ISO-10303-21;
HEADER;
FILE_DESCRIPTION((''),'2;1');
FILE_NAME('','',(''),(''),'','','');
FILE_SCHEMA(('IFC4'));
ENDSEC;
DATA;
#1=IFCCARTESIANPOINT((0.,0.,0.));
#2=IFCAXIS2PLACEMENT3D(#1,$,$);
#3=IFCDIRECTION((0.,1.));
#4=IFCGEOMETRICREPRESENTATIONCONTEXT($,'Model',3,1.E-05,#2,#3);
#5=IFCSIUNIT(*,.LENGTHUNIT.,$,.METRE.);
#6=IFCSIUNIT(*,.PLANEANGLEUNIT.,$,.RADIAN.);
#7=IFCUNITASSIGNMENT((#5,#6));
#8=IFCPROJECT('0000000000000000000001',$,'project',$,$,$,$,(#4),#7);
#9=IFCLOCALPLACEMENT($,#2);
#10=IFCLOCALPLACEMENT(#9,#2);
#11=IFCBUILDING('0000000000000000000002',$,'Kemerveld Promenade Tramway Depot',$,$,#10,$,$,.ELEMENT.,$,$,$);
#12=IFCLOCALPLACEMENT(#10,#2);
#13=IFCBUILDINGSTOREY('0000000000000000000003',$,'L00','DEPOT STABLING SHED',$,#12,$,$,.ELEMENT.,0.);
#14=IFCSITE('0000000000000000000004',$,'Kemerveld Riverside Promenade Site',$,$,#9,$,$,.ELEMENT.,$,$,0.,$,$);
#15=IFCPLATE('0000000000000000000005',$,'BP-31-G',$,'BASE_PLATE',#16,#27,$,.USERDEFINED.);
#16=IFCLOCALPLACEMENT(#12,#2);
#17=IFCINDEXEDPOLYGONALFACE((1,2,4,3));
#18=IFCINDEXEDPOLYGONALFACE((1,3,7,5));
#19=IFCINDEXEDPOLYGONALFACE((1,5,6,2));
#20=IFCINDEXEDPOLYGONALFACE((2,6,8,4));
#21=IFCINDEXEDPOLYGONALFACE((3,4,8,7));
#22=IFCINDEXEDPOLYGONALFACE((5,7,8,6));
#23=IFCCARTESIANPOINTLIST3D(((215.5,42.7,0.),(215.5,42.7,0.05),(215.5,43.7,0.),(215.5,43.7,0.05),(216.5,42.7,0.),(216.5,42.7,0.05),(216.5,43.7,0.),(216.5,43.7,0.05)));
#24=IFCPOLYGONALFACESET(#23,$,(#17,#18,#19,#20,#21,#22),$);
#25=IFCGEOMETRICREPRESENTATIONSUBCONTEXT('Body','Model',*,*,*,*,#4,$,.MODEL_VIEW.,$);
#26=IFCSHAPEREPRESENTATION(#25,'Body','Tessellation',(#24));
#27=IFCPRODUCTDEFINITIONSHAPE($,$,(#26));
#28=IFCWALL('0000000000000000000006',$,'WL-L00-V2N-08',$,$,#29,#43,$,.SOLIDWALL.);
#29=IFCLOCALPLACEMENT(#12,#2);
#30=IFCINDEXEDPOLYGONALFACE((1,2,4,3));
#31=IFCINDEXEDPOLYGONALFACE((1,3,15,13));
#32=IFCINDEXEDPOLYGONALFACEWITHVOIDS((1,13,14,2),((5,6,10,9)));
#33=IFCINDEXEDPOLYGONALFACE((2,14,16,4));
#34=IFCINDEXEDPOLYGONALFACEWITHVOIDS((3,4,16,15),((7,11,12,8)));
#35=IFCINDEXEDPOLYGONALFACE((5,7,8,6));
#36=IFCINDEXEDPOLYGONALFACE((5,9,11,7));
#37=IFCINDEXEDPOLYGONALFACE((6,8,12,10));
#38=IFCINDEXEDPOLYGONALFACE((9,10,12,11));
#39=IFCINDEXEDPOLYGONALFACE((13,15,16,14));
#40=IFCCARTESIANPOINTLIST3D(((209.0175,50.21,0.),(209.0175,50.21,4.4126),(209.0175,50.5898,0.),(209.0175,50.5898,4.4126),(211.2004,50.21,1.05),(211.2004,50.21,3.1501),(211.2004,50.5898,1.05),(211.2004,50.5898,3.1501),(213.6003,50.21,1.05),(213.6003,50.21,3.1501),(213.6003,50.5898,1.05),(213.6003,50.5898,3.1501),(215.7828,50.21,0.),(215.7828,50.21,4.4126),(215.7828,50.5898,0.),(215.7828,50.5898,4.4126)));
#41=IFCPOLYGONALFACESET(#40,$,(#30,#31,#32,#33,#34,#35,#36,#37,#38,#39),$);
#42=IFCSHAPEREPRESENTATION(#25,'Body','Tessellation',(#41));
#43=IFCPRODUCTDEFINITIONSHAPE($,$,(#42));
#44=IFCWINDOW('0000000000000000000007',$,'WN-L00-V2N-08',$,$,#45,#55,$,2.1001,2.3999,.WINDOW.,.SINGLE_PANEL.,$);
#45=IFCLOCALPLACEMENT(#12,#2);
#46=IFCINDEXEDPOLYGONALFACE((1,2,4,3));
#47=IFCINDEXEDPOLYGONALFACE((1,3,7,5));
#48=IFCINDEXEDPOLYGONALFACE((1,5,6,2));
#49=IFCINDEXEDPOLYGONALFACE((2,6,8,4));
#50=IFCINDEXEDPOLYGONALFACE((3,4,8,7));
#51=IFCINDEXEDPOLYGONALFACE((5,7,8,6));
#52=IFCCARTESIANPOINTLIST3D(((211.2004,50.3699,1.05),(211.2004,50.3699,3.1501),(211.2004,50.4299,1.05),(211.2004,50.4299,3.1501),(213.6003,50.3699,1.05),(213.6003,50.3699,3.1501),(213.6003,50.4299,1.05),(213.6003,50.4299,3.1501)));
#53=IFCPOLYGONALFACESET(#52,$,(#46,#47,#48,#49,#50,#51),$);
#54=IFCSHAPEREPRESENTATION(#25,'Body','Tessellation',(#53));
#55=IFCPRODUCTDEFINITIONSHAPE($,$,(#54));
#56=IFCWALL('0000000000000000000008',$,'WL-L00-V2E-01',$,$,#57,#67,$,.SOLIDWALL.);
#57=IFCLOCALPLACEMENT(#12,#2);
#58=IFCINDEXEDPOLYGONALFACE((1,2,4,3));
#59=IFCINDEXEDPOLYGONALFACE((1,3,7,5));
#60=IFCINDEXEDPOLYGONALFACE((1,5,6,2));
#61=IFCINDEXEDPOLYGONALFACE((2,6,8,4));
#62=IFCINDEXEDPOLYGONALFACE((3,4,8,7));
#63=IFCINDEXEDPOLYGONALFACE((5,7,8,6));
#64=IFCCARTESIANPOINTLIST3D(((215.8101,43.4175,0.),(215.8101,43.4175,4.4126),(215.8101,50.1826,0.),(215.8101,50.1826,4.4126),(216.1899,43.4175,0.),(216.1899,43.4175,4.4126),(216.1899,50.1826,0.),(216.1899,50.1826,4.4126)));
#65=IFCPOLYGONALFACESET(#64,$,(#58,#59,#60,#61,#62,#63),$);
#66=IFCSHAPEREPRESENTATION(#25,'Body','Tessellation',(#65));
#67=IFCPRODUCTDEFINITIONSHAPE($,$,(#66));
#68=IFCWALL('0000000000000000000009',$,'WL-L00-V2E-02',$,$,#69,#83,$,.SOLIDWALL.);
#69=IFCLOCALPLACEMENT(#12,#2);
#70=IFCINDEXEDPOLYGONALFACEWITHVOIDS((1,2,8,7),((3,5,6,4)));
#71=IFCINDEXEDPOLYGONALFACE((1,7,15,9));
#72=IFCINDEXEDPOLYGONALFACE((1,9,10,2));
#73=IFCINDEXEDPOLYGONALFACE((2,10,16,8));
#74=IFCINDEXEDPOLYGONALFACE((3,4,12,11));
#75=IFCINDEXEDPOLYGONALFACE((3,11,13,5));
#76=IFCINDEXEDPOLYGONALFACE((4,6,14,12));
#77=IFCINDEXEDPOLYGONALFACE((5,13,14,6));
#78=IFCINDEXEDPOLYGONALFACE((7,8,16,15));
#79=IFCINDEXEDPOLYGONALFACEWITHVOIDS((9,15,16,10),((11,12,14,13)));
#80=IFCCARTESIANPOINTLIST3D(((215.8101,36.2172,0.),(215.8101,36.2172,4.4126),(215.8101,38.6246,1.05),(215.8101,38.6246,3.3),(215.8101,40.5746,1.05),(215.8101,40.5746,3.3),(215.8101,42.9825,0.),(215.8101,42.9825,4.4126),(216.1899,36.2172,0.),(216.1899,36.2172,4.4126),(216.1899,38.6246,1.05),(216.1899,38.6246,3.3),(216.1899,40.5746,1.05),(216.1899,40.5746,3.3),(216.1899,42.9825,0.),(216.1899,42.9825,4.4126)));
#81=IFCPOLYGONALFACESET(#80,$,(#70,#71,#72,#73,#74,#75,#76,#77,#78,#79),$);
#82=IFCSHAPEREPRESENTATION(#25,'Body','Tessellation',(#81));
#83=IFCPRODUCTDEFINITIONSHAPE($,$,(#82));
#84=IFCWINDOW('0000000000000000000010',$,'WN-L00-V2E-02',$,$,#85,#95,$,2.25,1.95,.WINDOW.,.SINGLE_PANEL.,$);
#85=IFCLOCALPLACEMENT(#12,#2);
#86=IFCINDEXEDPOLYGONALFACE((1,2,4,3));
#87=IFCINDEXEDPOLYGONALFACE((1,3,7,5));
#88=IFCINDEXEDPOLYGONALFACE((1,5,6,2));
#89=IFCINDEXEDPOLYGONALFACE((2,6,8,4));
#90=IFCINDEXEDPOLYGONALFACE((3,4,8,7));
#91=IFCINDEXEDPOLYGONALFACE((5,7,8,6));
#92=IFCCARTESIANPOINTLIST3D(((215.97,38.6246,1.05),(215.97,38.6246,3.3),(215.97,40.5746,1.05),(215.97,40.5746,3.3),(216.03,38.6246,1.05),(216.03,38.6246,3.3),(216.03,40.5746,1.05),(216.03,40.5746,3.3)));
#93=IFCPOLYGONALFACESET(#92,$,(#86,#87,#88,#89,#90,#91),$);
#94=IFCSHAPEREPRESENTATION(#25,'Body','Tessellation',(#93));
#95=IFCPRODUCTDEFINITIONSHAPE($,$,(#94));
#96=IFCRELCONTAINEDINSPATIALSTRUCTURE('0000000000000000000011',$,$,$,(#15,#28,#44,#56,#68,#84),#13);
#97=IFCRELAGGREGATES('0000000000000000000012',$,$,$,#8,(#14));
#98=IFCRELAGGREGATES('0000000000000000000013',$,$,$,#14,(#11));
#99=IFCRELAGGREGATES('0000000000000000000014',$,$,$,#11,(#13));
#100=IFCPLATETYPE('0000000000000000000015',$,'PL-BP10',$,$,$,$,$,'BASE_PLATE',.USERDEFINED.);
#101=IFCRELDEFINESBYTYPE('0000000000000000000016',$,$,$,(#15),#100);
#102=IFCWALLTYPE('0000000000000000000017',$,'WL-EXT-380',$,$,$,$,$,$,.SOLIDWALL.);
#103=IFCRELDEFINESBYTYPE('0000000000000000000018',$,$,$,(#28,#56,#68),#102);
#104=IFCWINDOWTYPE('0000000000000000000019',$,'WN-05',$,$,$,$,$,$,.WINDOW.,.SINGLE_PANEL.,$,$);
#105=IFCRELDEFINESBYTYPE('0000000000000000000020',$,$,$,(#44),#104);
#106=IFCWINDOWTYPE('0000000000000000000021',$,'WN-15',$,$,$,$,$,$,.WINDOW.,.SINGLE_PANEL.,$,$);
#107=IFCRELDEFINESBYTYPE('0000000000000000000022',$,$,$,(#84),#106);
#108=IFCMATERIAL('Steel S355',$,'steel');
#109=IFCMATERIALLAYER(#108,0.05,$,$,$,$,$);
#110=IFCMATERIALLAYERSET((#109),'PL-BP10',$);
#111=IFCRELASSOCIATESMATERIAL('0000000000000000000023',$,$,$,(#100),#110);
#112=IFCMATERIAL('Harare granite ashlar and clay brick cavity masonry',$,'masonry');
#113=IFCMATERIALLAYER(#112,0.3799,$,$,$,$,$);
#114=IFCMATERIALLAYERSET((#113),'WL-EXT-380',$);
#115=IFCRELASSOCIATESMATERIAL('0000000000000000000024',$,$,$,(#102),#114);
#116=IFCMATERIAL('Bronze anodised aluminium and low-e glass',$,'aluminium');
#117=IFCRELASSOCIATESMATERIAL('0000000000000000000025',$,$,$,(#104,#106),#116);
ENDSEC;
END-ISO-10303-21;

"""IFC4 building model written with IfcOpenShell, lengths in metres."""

from ifc_helpers import new_model, si_unit, direction, frame, frame_2d, origin, origin_2d, place, context, subcontext, project, spatial, rectangle, extrude, material, layer, layer_set, type_object, element, fill, save


model = new_model("IFC4")

# Units and contexts
model_context = context("Model", 3, precision=1e-05, world=origin(), true_north=direction((0.0, 1.0)))
body_context = subcontext(model_context, "Body", "Model", "MODEL_VIEW")
ifc_project = project(units=[si_unit("LENGTHUNIT", "METRE"), si_unit("PLANEANGLEUNIT", "RADIAN")], contexts=[model_context])

# Site, building, storey
site_placement = place(None, origin())
site = spatial("IfcSite", under=ifc_project, at=site_placement, Name="Kemerveld Riverside Promenade Site", CompositionType="ELEMENT", RefElevation=0.0)
building_placement = place(site_placement, origin())
building = spatial("IfcBuilding", under=site, at=building_placement, Name="Kemerveld Promenade Tramway Depot", CompositionType="ELEMENT")
storey_placement = place(building_placement, origin())
storey = spatial("IfcBuildingStorey", under=building, at=storey_placement, Name="L00", Description="DEPOT STABLING SHED", CompositionType="ELEMENT", Elevation=0.0)

# Shared definitions
ifc_material_1 = material(Name="Steel S355", Category="steel")

# Plate
ifc_layer_1 = layer(ifc_material_1, 0.05)
ifc_layer_set_1 = layer_set([ifc_layer_1], Name="PL-BP10")
plate_type_1 = type_object("IfcPlateType", Name="PL-BP10", ElementType="BASE_PLATE", PredefinedType="USERDEFINED", material=ifc_layer_set_1)
plate_1_placement = place(storey_placement, frame((216.0, 43.2, 0.0), z_axis=(0.0, 0.0, 1.0), x_axis=(1.0, 0.0, 0.0)))
element("IfcPlate", 1, at=plate_1_placement, inside=storey, type_object=plate_type_1, Name="BP-31-G", ObjectType="BASE_PLATE", PredefinedType="USERDEFINED", context=body_context, shape_type="SweptSolid", body=[
    extrude(rectangle(XDim=1.0, YDim=1.0, at=origin_2d()), origin(), (0.0, 0.0, 1.0), 0.05),
])

# Wall, opening, window
ifc_material_2 = material(Name="Harare granite ashlar and clay brick cavity masonry", Category="masonry")
ifc_layer_2 = layer(ifc_material_2, 0.3799)
ifc_layer_set_2 = layer_set([ifc_layer_2], Name="WL-EXT-380")
wall_type = type_object("IfcWallType", Name="WL-EXT-380", PredefinedType="SOLIDWALL", material=ifc_layer_set_2)
wall_1_placement = place(storey_placement, frame((209.0173, 50.3999, 0.0), z_axis=(0.0, 0.0, 1.0), x_axis=(1.0, 0.0, 0.0)))
wall_1 = element("IfcWall", 2, at=wall_1_placement, inside=storey, type_object=wall_type, Name="WL-L00-V2N-08", PredefinedType="SOLIDWALL", context=body_context, shape_type="SweptSolid", body=[
    extrude(rectangle(XDim=6.7654, YDim=0.3799, at=frame_2d((3.3828, 0.0))), origin(), (0.0, 0.0, 1.0), 4.4126),
])
opening_1_placement = place(wall_1_placement, frame((2.1831, 0.0, 1.05)))
opening_1 = element("IfcOpeningElement", 3, at=opening_1_placement, cuts=wall_1, PredefinedType="OPENING", context=body_context, shape_type="SweptSolid", body=[
    extrude(rectangle(XDim=2.3999, YDim=2.1001, at=frame_2d((1.2, 1.05))), frame((0.0, 0.2, 0.0), z_axis=(0.0, -1.0, 0.0), x_axis=(1.0, 0.0, 0.0)), (0.0, 0.0, 1.0), 0.3999),
])
ifc_material_3 = material(Name="Bronze anodised aluminium and low-e glass", Category="aluminium")
window_type_1 = type_object("IfcWindowType", Name="WN-05", PartitioningType="SINGLE_PANEL", PredefinedType="WINDOW", material=ifc_material_3)
window_1_placement = place(opening_1_placement, origin())
window_1 = element("IfcWindow", 4, at=window_1_placement, inside=storey, type_object=window_type_1, Name="WN-L00-V2N-08", OverallHeight=2.1001, OverallWidth=2.3999, PartitioningType="SINGLE_PANEL", PredefinedType="WINDOW", context=body_context, shape_type="SweptSolid", body=[
    extrude(rectangle(XDim=2.3999, YDim=2.1001, at=frame_2d((1.2, 1.05))), frame((0.0, 0.03, 0.0), z_axis=(0.0, -1.0, 0.0), x_axis=(1.0, 0.0, 0.0)), (0.0, 0.0, 1.0), 0.0601),
])
fill(opening_1, window_1)

# Wall
wall_2_placement = place(storey_placement, frame((216.0, 50.1826, 0.0), z_axis=(0.0, 0.0, 1.0), x_axis=(0.0, -1.0, 0.0)))
element("IfcWall", 5, at=wall_2_placement, inside=storey, type_object=wall_type, Name="WL-L00-V2E-01", PredefinedType="SOLIDWALL", context=body_context, shape_type="SweptSolid", body=[
    extrude(rectangle(XDim=6.7651, YDim=0.3799, at=frame_2d((3.3826, 0.0))), origin(), (0.0, 0.0, 1.0), 4.4126),
])

# Wall, opening, window
wall_3_placement = place(storey_placement, frame((216.0, 42.9827, 0.0), z_axis=(0.0, 0.0, 1.0), x_axis=(0.0, -1.0, 0.0)))
wall_3 = element("IfcWall", 6, at=wall_3_placement, inside=storey, type_object=wall_type, Name="WL-L00-V2E-02", PredefinedType="SOLIDWALL", context=body_context, shape_type="SweptSolid", body=[
    extrude(rectangle(XDim=6.7654, YDim=0.3799, at=frame_2d((3.3828, 0.0))), origin(), (0.0, 0.0, 1.0), 4.4126),
])
opening_2_placement = place(wall_3_placement, frame((2.408, 0.0, 1.05)))
opening_2 = element("IfcOpeningElement", 7, at=opening_2_placement, cuts=wall_3, PredefinedType="OPENING", context=body_context, shape_type="SweptSolid", body=[
    extrude(rectangle(XDim=1.95, YDim=2.25, at=frame_2d((0.9751, 1.125))), frame((0.0, 0.2, 0.0), z_axis=(0.0, -1.0, 0.0), x_axis=(1.0, 0.0, 0.0)), (0.0, 0.0, 1.0), 0.3999),
])
window_type_2 = type_object("IfcWindowType", Name="WN-15", PartitioningType="SINGLE_PANEL", PredefinedType="WINDOW", material=ifc_material_3)
window_2_placement = place(opening_2_placement, origin())
window_2 = element("IfcWindow", 8, at=window_2_placement, inside=storey, type_object=window_type_2, Name="WN-L00-V2E-02", OverallHeight=2.25, OverallWidth=1.95, PartitioningType="SINGLE_PANEL", PredefinedType="WINDOW", context=body_context, shape_type="SweptSolid", body=[
    extrude(rectangle(XDim=1.95, YDim=2.25, at=frame_2d((0.9751, 1.125))), frame((0.0, 0.03, 0.0), z_axis=(0.0, -1.0, 0.0), x_axis=(1.0, 0.0, 0.0)), (0.0, 0.0, 1.0), 0.0601),
])
fill(opening_2, window_2)

save(model, "model.ifc")
